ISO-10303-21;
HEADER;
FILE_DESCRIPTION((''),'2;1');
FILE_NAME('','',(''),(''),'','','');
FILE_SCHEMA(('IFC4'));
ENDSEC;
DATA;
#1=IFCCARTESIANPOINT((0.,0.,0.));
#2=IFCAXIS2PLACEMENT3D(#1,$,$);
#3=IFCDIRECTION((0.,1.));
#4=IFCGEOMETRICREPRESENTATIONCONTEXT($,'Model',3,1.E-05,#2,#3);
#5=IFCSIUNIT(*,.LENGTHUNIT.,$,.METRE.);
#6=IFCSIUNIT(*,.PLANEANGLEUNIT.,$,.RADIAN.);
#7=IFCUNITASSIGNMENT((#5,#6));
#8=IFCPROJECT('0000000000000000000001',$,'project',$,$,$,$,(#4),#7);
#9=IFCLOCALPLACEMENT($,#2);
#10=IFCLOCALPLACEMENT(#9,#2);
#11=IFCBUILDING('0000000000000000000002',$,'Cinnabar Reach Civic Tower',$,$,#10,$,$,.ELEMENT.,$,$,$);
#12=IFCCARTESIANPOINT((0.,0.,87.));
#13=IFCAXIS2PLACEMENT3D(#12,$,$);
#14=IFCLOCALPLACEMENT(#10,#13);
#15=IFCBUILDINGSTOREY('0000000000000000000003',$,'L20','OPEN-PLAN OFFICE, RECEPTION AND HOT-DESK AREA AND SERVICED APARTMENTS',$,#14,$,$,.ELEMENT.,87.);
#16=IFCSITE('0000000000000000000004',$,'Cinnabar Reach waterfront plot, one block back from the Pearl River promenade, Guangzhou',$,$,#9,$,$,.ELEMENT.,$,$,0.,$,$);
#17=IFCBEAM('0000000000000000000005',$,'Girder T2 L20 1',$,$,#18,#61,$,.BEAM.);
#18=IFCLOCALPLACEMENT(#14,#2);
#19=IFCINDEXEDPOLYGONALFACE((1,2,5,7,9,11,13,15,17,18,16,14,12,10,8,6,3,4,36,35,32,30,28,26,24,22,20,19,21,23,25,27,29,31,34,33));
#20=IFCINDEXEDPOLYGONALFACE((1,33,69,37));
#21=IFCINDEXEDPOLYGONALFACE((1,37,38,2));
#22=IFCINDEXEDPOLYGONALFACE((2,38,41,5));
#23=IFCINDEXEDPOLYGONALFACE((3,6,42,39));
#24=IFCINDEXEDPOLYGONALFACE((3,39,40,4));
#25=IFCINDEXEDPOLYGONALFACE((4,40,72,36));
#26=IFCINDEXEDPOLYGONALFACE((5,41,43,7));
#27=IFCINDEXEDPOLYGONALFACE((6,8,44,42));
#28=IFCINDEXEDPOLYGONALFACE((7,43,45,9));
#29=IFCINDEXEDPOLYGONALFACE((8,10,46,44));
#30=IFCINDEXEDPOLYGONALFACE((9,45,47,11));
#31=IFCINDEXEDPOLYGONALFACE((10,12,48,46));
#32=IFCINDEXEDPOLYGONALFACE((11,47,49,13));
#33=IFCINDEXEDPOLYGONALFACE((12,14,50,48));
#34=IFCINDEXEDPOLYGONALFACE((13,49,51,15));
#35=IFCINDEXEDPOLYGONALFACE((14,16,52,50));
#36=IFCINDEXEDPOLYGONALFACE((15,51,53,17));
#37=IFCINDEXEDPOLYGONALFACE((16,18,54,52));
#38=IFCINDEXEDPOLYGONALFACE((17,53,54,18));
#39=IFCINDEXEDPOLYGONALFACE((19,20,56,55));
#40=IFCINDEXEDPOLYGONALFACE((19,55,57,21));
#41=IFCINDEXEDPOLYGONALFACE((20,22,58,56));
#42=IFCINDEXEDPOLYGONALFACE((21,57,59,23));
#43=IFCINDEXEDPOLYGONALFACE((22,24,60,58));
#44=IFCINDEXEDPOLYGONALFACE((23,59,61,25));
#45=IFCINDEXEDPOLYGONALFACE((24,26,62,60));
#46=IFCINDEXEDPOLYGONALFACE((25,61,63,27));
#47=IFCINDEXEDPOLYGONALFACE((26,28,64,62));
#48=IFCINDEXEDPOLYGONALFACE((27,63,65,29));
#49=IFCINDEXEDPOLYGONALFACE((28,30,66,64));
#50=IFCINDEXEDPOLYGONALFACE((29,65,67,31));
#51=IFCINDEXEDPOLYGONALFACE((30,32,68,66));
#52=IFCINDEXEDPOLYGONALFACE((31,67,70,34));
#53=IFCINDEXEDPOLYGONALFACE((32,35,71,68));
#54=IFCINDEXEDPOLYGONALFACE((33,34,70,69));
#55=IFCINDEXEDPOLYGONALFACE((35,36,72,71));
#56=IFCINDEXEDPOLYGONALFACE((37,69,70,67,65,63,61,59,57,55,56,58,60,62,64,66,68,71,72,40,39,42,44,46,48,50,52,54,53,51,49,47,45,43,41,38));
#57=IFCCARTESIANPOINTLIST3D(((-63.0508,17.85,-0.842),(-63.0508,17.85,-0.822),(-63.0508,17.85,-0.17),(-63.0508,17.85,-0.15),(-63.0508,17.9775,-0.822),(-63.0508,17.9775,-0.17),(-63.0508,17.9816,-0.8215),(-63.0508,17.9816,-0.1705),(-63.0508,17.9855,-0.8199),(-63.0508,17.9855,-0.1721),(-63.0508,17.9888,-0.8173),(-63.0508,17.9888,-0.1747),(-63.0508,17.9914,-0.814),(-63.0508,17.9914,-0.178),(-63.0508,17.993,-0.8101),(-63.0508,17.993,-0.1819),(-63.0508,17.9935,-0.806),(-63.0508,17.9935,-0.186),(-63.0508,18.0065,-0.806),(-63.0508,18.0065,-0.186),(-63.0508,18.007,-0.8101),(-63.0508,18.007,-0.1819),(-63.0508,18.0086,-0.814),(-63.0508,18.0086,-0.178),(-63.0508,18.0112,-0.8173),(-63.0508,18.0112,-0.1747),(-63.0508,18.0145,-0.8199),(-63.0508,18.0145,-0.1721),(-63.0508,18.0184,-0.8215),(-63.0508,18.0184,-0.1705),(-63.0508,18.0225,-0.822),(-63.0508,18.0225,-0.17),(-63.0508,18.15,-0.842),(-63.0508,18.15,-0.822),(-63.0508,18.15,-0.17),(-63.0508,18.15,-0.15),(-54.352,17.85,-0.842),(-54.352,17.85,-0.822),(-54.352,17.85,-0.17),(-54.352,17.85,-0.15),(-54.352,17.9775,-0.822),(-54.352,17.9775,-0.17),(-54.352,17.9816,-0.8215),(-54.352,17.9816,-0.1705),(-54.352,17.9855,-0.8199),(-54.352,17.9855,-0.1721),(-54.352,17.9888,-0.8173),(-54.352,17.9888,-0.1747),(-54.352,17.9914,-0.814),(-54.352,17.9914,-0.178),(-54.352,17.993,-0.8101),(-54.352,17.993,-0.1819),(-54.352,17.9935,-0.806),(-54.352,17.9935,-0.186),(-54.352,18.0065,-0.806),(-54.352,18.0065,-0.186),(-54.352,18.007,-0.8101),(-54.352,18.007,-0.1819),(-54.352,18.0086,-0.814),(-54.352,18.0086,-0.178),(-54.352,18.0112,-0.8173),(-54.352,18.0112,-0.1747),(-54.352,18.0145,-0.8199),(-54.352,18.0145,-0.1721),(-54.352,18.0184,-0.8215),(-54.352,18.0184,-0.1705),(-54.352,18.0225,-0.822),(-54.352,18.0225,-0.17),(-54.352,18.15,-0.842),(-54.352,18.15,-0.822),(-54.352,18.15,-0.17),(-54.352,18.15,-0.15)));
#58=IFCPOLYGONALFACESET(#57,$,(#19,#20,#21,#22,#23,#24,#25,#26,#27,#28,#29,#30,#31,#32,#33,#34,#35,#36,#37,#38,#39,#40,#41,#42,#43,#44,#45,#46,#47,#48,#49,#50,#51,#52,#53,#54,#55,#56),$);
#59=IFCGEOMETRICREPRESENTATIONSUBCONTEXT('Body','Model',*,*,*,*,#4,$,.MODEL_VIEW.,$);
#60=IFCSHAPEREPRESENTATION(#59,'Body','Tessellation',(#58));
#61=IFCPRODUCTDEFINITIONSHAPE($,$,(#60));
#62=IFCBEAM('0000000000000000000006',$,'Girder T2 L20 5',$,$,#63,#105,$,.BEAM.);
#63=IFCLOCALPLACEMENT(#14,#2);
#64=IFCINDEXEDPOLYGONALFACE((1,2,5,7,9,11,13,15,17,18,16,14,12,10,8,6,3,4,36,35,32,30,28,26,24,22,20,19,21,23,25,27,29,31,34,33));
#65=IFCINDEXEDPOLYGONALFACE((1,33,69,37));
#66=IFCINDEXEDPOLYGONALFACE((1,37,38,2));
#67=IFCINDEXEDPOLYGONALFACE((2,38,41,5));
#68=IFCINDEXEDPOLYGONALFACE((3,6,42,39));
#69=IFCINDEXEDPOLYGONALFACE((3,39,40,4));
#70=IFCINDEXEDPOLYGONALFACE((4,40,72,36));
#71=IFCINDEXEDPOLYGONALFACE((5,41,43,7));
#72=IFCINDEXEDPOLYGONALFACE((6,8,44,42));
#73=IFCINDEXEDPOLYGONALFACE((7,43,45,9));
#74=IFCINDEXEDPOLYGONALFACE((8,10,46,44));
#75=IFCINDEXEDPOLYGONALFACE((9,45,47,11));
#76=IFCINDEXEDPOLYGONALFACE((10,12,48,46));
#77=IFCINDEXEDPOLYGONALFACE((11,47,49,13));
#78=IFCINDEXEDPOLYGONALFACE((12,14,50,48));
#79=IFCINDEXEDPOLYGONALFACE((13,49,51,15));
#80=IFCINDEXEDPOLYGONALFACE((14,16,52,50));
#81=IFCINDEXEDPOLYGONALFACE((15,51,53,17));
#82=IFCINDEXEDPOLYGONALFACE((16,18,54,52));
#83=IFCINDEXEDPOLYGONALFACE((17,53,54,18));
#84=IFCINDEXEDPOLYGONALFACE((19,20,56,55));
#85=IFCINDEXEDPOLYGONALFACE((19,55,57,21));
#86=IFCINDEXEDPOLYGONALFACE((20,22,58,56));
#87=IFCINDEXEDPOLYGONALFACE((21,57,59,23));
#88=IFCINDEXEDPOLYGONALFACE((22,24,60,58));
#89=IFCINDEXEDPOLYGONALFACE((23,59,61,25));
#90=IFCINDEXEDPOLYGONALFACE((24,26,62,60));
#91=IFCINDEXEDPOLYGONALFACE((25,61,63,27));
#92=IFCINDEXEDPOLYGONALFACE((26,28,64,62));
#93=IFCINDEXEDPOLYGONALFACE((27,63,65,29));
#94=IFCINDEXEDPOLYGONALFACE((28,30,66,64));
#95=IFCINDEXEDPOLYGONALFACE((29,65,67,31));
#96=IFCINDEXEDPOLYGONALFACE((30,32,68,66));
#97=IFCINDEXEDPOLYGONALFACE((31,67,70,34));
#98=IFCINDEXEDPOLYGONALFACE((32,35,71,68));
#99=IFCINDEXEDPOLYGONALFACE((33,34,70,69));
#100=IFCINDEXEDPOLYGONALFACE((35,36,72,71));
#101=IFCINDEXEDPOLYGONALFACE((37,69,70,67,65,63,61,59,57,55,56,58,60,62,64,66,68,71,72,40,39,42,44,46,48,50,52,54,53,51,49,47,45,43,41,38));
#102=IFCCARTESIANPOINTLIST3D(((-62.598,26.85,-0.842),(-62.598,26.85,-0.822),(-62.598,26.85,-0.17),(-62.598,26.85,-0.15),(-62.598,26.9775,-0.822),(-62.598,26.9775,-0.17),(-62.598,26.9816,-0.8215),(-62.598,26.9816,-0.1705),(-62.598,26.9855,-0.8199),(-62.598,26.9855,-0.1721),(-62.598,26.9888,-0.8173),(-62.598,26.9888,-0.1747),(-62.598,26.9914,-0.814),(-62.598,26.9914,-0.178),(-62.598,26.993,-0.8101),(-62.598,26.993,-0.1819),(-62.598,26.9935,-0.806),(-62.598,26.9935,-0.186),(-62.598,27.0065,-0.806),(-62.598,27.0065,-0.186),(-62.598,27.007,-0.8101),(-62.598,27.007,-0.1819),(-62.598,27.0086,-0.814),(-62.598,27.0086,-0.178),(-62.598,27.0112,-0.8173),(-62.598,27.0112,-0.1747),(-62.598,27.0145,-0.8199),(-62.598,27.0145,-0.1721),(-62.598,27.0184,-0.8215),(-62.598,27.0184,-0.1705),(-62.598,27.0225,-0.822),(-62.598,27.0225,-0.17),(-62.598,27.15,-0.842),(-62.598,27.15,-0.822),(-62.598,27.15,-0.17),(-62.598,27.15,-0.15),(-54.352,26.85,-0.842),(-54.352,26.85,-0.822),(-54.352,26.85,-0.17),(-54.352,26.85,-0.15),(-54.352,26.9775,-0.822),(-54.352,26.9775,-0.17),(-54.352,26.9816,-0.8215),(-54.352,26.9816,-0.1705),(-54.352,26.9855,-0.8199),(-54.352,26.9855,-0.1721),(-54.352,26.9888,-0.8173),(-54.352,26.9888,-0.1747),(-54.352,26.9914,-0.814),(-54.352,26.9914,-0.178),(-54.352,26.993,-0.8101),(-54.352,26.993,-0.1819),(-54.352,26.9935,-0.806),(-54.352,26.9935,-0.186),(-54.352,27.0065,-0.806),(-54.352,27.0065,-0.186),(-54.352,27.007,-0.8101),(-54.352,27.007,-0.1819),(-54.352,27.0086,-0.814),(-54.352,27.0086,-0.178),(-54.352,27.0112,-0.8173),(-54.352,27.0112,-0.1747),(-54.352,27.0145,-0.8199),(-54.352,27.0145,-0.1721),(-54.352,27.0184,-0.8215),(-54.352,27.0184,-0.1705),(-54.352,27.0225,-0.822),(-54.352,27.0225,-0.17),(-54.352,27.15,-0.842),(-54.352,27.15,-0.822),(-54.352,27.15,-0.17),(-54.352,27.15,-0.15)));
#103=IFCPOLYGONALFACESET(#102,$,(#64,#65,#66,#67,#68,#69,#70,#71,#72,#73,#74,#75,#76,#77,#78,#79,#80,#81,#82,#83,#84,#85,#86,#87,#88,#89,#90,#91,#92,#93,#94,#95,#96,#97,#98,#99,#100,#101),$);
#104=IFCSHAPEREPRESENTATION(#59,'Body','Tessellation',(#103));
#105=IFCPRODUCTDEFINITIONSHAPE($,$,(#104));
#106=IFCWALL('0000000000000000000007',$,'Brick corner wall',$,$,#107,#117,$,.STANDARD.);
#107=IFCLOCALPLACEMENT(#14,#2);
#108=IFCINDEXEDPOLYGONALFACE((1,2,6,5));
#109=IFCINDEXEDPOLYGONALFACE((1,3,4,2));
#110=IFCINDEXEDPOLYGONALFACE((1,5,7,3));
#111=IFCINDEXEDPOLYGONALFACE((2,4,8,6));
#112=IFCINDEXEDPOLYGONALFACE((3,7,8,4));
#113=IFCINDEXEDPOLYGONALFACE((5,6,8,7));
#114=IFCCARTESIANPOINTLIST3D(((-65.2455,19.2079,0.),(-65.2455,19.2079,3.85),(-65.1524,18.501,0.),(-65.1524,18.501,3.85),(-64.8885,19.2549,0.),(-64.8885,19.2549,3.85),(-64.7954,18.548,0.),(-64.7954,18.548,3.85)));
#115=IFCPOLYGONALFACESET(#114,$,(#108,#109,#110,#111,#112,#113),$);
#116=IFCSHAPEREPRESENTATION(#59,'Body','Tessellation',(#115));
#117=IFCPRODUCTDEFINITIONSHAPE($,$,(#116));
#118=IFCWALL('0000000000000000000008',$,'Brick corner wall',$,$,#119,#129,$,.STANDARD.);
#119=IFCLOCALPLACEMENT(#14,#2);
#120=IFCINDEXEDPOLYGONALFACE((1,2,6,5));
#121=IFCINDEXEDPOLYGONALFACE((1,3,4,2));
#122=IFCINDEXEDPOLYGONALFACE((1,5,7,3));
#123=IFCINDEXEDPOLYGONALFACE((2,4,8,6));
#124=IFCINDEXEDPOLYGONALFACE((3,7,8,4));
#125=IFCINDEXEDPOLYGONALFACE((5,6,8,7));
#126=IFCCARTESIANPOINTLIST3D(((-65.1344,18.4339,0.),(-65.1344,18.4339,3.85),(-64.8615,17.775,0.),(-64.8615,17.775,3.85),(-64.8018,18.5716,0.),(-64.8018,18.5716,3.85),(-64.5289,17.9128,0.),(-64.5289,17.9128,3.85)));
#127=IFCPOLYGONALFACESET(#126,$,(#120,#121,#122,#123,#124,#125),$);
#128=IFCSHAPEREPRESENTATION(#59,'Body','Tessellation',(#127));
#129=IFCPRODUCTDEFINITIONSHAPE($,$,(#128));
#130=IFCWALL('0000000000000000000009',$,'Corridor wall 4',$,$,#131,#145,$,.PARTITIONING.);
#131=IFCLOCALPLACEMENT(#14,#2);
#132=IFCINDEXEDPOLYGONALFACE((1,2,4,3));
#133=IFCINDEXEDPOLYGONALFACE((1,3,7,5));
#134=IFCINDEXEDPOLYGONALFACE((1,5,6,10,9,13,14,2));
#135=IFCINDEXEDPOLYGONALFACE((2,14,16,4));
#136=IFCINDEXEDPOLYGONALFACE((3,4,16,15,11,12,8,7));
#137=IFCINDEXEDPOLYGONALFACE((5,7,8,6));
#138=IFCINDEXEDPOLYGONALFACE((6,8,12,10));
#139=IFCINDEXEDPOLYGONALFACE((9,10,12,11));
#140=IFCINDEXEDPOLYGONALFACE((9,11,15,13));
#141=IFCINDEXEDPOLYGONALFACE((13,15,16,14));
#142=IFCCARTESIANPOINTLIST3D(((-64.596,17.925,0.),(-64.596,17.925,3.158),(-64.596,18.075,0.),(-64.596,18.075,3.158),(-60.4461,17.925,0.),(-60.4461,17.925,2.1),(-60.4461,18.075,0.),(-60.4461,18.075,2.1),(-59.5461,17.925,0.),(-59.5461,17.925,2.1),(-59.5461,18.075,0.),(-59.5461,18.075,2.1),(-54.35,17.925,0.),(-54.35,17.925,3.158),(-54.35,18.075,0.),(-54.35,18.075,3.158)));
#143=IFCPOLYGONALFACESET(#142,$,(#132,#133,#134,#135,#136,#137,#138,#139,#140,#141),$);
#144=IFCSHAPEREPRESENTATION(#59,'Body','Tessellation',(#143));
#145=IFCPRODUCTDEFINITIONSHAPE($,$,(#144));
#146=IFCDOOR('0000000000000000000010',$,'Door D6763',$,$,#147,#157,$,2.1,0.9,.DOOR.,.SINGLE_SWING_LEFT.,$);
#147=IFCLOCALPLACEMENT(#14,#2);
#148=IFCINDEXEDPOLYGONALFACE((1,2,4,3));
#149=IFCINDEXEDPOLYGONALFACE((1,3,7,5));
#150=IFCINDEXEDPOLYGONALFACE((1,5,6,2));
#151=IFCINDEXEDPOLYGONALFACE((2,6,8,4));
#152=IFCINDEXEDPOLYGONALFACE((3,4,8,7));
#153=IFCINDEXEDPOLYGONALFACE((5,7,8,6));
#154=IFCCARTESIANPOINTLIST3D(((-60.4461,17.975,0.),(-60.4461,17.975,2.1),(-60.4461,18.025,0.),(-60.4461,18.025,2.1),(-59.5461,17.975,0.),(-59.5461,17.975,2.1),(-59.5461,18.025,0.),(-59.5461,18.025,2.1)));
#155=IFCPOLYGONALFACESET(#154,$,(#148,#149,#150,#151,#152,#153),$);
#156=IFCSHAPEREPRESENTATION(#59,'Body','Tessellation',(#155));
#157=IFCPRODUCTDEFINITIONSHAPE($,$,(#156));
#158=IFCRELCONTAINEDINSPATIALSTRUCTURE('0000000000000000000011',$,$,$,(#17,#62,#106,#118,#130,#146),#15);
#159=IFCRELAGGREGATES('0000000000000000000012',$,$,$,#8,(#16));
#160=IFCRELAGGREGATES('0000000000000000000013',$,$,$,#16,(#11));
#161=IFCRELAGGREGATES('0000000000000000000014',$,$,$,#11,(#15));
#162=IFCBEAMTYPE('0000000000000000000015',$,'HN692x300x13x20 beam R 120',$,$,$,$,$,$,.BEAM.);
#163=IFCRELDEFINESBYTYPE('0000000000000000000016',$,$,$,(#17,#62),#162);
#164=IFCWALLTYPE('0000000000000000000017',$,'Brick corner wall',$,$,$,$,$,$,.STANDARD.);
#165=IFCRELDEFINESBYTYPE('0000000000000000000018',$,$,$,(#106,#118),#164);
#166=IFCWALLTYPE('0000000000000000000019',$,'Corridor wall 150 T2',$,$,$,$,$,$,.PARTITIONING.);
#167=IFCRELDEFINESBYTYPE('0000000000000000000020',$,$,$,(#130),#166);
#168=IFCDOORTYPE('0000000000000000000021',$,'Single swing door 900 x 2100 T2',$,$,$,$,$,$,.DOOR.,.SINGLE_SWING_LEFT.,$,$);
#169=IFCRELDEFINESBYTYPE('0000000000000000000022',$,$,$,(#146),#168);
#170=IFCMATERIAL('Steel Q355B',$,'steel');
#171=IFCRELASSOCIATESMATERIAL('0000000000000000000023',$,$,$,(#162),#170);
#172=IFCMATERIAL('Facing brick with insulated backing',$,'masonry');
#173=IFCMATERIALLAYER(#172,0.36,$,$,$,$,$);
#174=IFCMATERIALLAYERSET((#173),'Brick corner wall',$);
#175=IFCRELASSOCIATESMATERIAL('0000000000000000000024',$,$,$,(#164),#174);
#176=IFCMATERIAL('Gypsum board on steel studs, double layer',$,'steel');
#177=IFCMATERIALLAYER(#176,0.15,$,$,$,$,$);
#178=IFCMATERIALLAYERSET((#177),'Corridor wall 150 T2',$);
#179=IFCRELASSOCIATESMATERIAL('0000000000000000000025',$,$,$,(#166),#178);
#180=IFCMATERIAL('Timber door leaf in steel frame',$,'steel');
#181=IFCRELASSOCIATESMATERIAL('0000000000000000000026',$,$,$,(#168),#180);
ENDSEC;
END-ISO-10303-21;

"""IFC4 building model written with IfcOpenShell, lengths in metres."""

from ifc_helpers import new_model, si_unit, direction, frame, frame_2d, origin, origin_2d, place, context, subcontext, project, spatial, rectangle, i_section, extrude, material, layer, layer_set, material_profile, profile_set, type_object, element, fill, save


model = new_model("IFC4")

# Units and contexts
model_context = context("Model", 3, precision=1e-05, world=origin(), true_north=direction((0.0, 1.0)))
body_context = subcontext(model_context, "Body", "Model", "MODEL_VIEW")
ifc_project = project(units=[si_unit("LENGTHUNIT", "METRE"), si_unit("PLANEANGLEUNIT", "RADIAN")], contexts=[model_context])

# Site, building, storey
site_placement = place(None, origin())
site = spatial("IfcSite", under=ifc_project, at=site_placement, Name="Cinnabar Reach waterfront plot, one block back from the Pearl River promenade, Guangzhou", CompositionType="ELEMENT", RefElevation=0.0)
building_placement = place(site_placement, origin())
building = spatial("IfcBuilding", under=site, at=building_placement, Name="Cinnabar Reach Civic Tower", CompositionType="ELEMENT")
storey_placement = place(building_placement, frame((0.0, 0.0, 87.0)))
storey = spatial("IfcBuildingStorey", under=building, at=storey_placement, Name="L20", Description="OPEN-PLAN OFFICE, RECEPTION AND HOT-DESK AREA AND SERVICED APARTMENTS", CompositionType="ELEMENT", Elevation=87.0)

# Beams
ifc_material_1 = material(Name="Steel Q355B", Category="steel")
ifc_material_profile_1 = material_profile(ifc_material_1, i_section(OverallWidth=0.3, OverallDepth=0.692, WebThickness=0.013, FlangeThickness=0.02, FilletRadius=0.016, at=origin_2d()), Name="HN692x300x13x20")
ifc_profile_set_1 = profile_set([ifc_material_profile_1], Name="Steel Q355B")
beam_type_1 = type_object("IfcBeamType", Name="HN692x300x13x20 beam R 120", PredefinedType="BEAM", material=ifc_profile_set_1)
beam_1_placement = place(storey_placement, frame((-63.0508, 18.0, -0.496), z_axis=(1.0, 0.0, 0.0), x_axis=(0.0, 1.0, 0.0)))
element("IfcBeam", 1, at=beam_1_placement, inside=storey, type_object=beam_type_1, Name="Girder T2 L20 1", PredefinedType="BEAM", context=body_context, shape_type="SweptSolid", body=[
    extrude(i_section(OverallWidth=0.3, OverallDepth=0.692, WebThickness=0.013, FlangeThickness=0.02, FilletRadius=0.016, at=origin_2d()), origin(), (0.0, 0.0, 1.0), 8.6988),
])
beam_2_placement = place(storey_placement, frame((-62.598, 27.0, -0.496), z_axis=(1.0, 0.0, 0.0), x_axis=(0.0, 1.0, 0.0)))
element("IfcBeam", 2, at=beam_2_placement, inside=storey, type_object=beam_type_1, Name="Girder T2 L20 5", PredefinedType="BEAM", context=body_context, shape_type="SweptSolid", body=[
    extrude(i_section(OverallWidth=0.3, OverallDepth=0.692, WebThickness=0.013, FlangeThickness=0.02, FilletRadius=0.016, at=origin_2d()), origin(), (0.0, 0.0, 1.0), 8.246),
])

# Walls
ifc_material_2 = material(Name="Facing brick with insulated backing", Category="masonry")
ifc_layer_1 = layer(ifc_material_2, 0.36)
ifc_layer_set_1 = layer_set([ifc_layer_1], Name="Brick corner wall")
wall_type_1 = type_object("IfcWallType", Name="Brick corner wall", PredefinedType="STANDARD", material=ifc_layer_set_1)
for number, where, z_axis, x_axis, name in (
    (3, (-65.067, 19.2314, 0.0), (0.0, 0.0, 1.0), (0.130556, -0.991441, 0.0), "Brick corner wall"),
    (4, (-64.9681, 18.5027, 0.0), (0.0, 0.0, 1.0), (0.382703, -0.923872, 0.0), "Brick corner wall"),
):
    element("IfcWall", number, at=place(storey_placement, frame(where, z_axis=z_axis, x_axis=x_axis)), inside=storey, type_object=wall_type_1, Name=name, PredefinedType="STANDARD", context=body_context, shape_type="SweptSolid", body=[
        extrude(rectangle(XDim=0.7131, YDim=0.36, at=frame_2d((0.3565, 0.0))), origin(), (0.0, 0.0, 1.0), 3.85),
    ])

# Wall, opening, door
ifc_material_3 = material(Name="Gypsum board on steel studs, double layer", Category="steel")
ifc_layer_2 = layer(ifc_material_3, 0.15)
ifc_layer_set_2 = layer_set([ifc_layer_2], Name="Corridor wall 150 T2")
wall_type_2 = type_object("IfcWallType", Name="Corridor wall 150 T2", PredefinedType="PARTITIONING", material=ifc_layer_set_2)
wall_1_placement = place(storey_placement, frame((-64.5961, 18.0, 0.0), z_axis=(0.0, 0.0, 1.0), x_axis=(1.0, 0.0, 0.0)))
wall_1 = element("IfcWall", 5, at=wall_1_placement, inside=storey, type_object=wall_type_2, Name="Corridor wall 4", PredefinedType="PARTITIONING", context=body_context, shape_type="SweptSolid", body=[
    extrude(rectangle(XDim=10.2461, YDim=0.15, at=frame_2d((5.1231, 0.0))), origin(), (0.0, 0.0, 1.0), 3.158),
])
opening_1_placement = place(wall_1_placement, frame((4.15, 0.0, 0.0)))
opening_1 = element("IfcOpeningElement", 6, at=opening_1_placement, cuts=wall_1, PredefinedType="OPENING", context=body_context, shape_type="SweptSolid", body=[
    extrude(rectangle(XDim=0.9, YDim=2.1, at=frame_2d((0.45, 1.05))), frame((0.0, 0.085, 0.0), z_axis=(0.0, -1.0, 0.0), x_axis=(1.0, 0.0, 0.0)), (0.0, 0.0, 1.0), 0.17),
])
ifc_material_4 = material(Name="Timber door leaf in steel frame", Category="steel")
door_type = type_object("IfcDoorType", Name="Single swing door 900 x 2100 T2", OperationType="SINGLE_SWING_LEFT", PredefinedType="DOOR", material=ifc_material_4)
door_1_placement = place(opening_1_placement, frame((0.9, 0.0, 0.0), z_axis=(0.0, 0.0, 1.0), x_axis=(-1.0, 0.0, 0.0)))
door_1 = element("IfcDoor", 7, at=door_1_placement, inside=storey, type_object=door_type, Name="Door D6763", OperationType="SINGLE_SWING_LEFT", OverallHeight=2.1, OverallWidth=0.9, PredefinedType="DOOR", context=body_context, shape_type="SweptSolid", body=[
    extrude(rectangle(XDim=0.9, YDim=2.1, at=frame_2d((0.45, 1.05))), frame((0.0, 0.025, 0.0), z_axis=(0.0, -1.0, 0.0), x_axis=(1.0, 0.0, 0.0)), (0.0, 0.0, 1.0), 0.05),
])
fill(opening_1, door_1)

save(model, "model.ifc")
